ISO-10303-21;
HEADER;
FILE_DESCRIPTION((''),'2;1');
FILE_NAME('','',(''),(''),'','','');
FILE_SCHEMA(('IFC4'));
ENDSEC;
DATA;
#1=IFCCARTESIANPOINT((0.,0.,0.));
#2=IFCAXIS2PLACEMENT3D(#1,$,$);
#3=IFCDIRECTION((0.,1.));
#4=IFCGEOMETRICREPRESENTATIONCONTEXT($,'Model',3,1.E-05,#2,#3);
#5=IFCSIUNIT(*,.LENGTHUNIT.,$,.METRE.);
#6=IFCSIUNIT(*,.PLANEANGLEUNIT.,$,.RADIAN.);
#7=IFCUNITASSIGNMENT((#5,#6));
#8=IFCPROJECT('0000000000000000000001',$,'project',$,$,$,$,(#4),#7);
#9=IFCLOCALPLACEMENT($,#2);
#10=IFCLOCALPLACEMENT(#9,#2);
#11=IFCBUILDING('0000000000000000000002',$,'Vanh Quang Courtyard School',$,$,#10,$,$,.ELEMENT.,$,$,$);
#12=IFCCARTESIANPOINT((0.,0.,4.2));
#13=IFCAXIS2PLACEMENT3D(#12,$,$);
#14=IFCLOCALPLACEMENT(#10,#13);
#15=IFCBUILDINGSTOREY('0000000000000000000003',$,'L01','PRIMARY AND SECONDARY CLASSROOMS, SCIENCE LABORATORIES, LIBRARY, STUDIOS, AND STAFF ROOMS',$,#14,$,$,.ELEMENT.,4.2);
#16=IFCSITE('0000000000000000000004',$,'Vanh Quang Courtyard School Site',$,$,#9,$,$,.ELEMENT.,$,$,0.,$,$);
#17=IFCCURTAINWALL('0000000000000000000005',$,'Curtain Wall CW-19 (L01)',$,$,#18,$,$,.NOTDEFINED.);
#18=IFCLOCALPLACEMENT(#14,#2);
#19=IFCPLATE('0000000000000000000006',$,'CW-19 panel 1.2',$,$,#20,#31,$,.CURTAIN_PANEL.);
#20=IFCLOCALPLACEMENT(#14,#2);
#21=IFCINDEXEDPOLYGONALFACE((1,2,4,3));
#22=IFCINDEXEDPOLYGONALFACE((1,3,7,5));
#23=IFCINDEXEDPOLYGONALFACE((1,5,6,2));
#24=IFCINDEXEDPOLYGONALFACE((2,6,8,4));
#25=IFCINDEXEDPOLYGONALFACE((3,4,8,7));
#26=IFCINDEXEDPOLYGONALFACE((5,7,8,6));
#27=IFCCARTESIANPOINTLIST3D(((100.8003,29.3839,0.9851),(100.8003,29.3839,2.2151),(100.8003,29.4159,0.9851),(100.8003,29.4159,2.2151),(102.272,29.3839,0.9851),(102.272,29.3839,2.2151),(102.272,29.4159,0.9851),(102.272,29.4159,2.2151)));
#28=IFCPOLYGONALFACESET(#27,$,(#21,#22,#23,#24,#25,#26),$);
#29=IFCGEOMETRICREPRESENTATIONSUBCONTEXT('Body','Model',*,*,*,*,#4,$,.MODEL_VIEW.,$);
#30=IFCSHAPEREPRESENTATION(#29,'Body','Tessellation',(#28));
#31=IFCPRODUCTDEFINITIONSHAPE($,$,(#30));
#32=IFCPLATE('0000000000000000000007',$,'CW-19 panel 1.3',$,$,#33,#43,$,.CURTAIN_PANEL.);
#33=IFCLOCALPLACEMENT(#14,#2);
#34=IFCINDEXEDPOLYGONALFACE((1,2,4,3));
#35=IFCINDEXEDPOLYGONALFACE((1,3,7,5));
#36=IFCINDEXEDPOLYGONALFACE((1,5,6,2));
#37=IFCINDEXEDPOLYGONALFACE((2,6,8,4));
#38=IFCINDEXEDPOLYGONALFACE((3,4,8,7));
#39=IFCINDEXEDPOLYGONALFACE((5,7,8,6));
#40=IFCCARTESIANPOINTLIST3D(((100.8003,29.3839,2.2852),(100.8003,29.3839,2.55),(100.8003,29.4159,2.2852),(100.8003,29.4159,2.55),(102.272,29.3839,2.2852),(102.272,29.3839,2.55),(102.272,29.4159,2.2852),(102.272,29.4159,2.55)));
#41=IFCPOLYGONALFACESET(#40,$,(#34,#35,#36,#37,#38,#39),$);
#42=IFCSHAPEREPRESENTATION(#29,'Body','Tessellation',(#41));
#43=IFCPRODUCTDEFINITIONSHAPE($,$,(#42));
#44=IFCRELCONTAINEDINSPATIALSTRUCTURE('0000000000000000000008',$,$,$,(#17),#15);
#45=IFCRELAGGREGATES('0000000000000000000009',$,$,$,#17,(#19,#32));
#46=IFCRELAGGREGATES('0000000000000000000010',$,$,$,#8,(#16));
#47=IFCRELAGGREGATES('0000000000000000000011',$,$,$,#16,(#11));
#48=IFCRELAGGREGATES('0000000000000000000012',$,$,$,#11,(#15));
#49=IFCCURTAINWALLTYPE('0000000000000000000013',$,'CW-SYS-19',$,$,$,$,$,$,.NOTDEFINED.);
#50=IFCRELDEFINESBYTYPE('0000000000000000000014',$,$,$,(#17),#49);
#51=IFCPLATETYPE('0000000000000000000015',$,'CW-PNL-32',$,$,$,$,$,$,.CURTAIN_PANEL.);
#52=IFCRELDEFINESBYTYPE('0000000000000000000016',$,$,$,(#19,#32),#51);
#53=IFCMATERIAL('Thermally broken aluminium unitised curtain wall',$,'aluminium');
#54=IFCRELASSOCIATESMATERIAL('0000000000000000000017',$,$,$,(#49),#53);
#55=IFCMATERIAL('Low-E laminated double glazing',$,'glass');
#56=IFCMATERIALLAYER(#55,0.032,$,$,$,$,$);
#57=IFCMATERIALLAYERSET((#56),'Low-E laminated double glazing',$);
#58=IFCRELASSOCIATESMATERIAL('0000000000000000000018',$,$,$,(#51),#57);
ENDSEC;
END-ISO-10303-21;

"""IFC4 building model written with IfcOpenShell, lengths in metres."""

from ifc_helpers import new_model, si_unit, direction, frame, origin, origin_2d, place, context, subcontext, project, spatial, rectangle, extrude, material, layer, layer_set, type_object, element, aggregate, save


model = new_model("IFC4")

# Units and contexts
model_context = context("Model", 3, precision=1e-05, world=origin(), true_north=direction((0.0, 1.0)))
body_context = subcontext(model_context, "Body", "Model", "MODEL_VIEW")
ifc_project = project(units=[si_unit("LENGTHUNIT", "METRE"), si_unit("PLANEANGLEUNIT", "RADIAN")], contexts=[model_context])

# Site, building, storey
site_placement = place(None, origin())
site = spatial("IfcSite", under=ifc_project, at=site_placement, Name="Vanh Quang Courtyard School Site", CompositionType="ELEMENT", RefElevation=0.0)
building_placement = place(site_placement, origin())
building = spatial("IfcBuilding", under=site, at=building_placement, Name="Vanh Quang Courtyard School", CompositionType="ELEMENT")
storey_placement = place(building_placement, frame((0.0, 0.0, 4.2)))
storey = spatial("IfcBuildingStorey", under=building, at=storey_placement, Name="L01", Description="PRIMARY AND SECONDARY CLASSROOMS, SCIENCE LABORATORIES, LIBRARY, STUDIOS, AND STAFF ROOMS", CompositionType="ELEMENT", Elevation=4.2)

# Shared definitions
ifc_material_1 = material(Name="Thermally broken aluminium unitised curtain wall", Category="aluminium")

# Curtain wall
curtain_wall_type_1 = type_object("IfcCurtainWallType", Name="CW-SYS-19", PredefinedType="NOTDEFINED", material=ifc_material_1)
curtain_wall_1_placement = place(storey_placement, origin())
curtain_wall_1 = element("IfcCurtainWall", 1, at=curtain_wall_1_placement, inside=storey, type_object=curtain_wall_type_1, Name="Curtain Wall CW-19 (L01)", PredefinedType="NOTDEFINED")

# Plates
ifc_material_2 = material(Name="Low-E laminated double glazing", Category="glass")
ifc_layer_1 = layer(ifc_material_2, 0.032)
ifc_layer_set_1 = layer_set([ifc_layer_1], Name="Low-E laminated double glazing")
plate_type_1 = type_object("IfcPlateType", Name="CW-PNL-32", PredefinedType="CURTAIN_PANEL", material=ifc_layer_set_1)
plate_1_placement = place(storey_placement, frame((101.5361, 29.3999, 0.9851), z_axis=(0.0, 0.0, 1.0), x_axis=(-1.0, 0.0, 0.0)))
plate_1 = element("IfcPlate", 2, at=plate_1_placement, type_object=plate_type_1, Name="CW-19 panel 1.2", PredefinedType="CURTAIN_PANEL", context=body_context, shape_type="SweptSolid", body=[
    extrude(rectangle(XDim=1.4717, YDim=0.032, at=origin_2d()), origin(), (0.0, 0.0, 1.0), 1.23),
])
plate_2_placement = place(storey_placement, frame((101.5361, 29.3999, 2.2852), z_axis=(0.0, 0.0, 1.0), x_axis=(-1.0, 0.0, 0.0)))
plate_2 = element("IfcPlate", 3, at=plate_2_placement, type_object=plate_type_1, Name="CW-19 panel 1.3", PredefinedType="CURTAIN_PANEL", context=body_context, shape_type="SweptSolid", body=[
    extrude(rectangle(XDim=1.4717, YDim=0.032, at=origin_2d()), origin(), (0.0, 0.0, 1.0), 0.2649),
])
aggregate(curtain_wall_1, [plate_1, plate_2])

save(model, "model.ifc")
